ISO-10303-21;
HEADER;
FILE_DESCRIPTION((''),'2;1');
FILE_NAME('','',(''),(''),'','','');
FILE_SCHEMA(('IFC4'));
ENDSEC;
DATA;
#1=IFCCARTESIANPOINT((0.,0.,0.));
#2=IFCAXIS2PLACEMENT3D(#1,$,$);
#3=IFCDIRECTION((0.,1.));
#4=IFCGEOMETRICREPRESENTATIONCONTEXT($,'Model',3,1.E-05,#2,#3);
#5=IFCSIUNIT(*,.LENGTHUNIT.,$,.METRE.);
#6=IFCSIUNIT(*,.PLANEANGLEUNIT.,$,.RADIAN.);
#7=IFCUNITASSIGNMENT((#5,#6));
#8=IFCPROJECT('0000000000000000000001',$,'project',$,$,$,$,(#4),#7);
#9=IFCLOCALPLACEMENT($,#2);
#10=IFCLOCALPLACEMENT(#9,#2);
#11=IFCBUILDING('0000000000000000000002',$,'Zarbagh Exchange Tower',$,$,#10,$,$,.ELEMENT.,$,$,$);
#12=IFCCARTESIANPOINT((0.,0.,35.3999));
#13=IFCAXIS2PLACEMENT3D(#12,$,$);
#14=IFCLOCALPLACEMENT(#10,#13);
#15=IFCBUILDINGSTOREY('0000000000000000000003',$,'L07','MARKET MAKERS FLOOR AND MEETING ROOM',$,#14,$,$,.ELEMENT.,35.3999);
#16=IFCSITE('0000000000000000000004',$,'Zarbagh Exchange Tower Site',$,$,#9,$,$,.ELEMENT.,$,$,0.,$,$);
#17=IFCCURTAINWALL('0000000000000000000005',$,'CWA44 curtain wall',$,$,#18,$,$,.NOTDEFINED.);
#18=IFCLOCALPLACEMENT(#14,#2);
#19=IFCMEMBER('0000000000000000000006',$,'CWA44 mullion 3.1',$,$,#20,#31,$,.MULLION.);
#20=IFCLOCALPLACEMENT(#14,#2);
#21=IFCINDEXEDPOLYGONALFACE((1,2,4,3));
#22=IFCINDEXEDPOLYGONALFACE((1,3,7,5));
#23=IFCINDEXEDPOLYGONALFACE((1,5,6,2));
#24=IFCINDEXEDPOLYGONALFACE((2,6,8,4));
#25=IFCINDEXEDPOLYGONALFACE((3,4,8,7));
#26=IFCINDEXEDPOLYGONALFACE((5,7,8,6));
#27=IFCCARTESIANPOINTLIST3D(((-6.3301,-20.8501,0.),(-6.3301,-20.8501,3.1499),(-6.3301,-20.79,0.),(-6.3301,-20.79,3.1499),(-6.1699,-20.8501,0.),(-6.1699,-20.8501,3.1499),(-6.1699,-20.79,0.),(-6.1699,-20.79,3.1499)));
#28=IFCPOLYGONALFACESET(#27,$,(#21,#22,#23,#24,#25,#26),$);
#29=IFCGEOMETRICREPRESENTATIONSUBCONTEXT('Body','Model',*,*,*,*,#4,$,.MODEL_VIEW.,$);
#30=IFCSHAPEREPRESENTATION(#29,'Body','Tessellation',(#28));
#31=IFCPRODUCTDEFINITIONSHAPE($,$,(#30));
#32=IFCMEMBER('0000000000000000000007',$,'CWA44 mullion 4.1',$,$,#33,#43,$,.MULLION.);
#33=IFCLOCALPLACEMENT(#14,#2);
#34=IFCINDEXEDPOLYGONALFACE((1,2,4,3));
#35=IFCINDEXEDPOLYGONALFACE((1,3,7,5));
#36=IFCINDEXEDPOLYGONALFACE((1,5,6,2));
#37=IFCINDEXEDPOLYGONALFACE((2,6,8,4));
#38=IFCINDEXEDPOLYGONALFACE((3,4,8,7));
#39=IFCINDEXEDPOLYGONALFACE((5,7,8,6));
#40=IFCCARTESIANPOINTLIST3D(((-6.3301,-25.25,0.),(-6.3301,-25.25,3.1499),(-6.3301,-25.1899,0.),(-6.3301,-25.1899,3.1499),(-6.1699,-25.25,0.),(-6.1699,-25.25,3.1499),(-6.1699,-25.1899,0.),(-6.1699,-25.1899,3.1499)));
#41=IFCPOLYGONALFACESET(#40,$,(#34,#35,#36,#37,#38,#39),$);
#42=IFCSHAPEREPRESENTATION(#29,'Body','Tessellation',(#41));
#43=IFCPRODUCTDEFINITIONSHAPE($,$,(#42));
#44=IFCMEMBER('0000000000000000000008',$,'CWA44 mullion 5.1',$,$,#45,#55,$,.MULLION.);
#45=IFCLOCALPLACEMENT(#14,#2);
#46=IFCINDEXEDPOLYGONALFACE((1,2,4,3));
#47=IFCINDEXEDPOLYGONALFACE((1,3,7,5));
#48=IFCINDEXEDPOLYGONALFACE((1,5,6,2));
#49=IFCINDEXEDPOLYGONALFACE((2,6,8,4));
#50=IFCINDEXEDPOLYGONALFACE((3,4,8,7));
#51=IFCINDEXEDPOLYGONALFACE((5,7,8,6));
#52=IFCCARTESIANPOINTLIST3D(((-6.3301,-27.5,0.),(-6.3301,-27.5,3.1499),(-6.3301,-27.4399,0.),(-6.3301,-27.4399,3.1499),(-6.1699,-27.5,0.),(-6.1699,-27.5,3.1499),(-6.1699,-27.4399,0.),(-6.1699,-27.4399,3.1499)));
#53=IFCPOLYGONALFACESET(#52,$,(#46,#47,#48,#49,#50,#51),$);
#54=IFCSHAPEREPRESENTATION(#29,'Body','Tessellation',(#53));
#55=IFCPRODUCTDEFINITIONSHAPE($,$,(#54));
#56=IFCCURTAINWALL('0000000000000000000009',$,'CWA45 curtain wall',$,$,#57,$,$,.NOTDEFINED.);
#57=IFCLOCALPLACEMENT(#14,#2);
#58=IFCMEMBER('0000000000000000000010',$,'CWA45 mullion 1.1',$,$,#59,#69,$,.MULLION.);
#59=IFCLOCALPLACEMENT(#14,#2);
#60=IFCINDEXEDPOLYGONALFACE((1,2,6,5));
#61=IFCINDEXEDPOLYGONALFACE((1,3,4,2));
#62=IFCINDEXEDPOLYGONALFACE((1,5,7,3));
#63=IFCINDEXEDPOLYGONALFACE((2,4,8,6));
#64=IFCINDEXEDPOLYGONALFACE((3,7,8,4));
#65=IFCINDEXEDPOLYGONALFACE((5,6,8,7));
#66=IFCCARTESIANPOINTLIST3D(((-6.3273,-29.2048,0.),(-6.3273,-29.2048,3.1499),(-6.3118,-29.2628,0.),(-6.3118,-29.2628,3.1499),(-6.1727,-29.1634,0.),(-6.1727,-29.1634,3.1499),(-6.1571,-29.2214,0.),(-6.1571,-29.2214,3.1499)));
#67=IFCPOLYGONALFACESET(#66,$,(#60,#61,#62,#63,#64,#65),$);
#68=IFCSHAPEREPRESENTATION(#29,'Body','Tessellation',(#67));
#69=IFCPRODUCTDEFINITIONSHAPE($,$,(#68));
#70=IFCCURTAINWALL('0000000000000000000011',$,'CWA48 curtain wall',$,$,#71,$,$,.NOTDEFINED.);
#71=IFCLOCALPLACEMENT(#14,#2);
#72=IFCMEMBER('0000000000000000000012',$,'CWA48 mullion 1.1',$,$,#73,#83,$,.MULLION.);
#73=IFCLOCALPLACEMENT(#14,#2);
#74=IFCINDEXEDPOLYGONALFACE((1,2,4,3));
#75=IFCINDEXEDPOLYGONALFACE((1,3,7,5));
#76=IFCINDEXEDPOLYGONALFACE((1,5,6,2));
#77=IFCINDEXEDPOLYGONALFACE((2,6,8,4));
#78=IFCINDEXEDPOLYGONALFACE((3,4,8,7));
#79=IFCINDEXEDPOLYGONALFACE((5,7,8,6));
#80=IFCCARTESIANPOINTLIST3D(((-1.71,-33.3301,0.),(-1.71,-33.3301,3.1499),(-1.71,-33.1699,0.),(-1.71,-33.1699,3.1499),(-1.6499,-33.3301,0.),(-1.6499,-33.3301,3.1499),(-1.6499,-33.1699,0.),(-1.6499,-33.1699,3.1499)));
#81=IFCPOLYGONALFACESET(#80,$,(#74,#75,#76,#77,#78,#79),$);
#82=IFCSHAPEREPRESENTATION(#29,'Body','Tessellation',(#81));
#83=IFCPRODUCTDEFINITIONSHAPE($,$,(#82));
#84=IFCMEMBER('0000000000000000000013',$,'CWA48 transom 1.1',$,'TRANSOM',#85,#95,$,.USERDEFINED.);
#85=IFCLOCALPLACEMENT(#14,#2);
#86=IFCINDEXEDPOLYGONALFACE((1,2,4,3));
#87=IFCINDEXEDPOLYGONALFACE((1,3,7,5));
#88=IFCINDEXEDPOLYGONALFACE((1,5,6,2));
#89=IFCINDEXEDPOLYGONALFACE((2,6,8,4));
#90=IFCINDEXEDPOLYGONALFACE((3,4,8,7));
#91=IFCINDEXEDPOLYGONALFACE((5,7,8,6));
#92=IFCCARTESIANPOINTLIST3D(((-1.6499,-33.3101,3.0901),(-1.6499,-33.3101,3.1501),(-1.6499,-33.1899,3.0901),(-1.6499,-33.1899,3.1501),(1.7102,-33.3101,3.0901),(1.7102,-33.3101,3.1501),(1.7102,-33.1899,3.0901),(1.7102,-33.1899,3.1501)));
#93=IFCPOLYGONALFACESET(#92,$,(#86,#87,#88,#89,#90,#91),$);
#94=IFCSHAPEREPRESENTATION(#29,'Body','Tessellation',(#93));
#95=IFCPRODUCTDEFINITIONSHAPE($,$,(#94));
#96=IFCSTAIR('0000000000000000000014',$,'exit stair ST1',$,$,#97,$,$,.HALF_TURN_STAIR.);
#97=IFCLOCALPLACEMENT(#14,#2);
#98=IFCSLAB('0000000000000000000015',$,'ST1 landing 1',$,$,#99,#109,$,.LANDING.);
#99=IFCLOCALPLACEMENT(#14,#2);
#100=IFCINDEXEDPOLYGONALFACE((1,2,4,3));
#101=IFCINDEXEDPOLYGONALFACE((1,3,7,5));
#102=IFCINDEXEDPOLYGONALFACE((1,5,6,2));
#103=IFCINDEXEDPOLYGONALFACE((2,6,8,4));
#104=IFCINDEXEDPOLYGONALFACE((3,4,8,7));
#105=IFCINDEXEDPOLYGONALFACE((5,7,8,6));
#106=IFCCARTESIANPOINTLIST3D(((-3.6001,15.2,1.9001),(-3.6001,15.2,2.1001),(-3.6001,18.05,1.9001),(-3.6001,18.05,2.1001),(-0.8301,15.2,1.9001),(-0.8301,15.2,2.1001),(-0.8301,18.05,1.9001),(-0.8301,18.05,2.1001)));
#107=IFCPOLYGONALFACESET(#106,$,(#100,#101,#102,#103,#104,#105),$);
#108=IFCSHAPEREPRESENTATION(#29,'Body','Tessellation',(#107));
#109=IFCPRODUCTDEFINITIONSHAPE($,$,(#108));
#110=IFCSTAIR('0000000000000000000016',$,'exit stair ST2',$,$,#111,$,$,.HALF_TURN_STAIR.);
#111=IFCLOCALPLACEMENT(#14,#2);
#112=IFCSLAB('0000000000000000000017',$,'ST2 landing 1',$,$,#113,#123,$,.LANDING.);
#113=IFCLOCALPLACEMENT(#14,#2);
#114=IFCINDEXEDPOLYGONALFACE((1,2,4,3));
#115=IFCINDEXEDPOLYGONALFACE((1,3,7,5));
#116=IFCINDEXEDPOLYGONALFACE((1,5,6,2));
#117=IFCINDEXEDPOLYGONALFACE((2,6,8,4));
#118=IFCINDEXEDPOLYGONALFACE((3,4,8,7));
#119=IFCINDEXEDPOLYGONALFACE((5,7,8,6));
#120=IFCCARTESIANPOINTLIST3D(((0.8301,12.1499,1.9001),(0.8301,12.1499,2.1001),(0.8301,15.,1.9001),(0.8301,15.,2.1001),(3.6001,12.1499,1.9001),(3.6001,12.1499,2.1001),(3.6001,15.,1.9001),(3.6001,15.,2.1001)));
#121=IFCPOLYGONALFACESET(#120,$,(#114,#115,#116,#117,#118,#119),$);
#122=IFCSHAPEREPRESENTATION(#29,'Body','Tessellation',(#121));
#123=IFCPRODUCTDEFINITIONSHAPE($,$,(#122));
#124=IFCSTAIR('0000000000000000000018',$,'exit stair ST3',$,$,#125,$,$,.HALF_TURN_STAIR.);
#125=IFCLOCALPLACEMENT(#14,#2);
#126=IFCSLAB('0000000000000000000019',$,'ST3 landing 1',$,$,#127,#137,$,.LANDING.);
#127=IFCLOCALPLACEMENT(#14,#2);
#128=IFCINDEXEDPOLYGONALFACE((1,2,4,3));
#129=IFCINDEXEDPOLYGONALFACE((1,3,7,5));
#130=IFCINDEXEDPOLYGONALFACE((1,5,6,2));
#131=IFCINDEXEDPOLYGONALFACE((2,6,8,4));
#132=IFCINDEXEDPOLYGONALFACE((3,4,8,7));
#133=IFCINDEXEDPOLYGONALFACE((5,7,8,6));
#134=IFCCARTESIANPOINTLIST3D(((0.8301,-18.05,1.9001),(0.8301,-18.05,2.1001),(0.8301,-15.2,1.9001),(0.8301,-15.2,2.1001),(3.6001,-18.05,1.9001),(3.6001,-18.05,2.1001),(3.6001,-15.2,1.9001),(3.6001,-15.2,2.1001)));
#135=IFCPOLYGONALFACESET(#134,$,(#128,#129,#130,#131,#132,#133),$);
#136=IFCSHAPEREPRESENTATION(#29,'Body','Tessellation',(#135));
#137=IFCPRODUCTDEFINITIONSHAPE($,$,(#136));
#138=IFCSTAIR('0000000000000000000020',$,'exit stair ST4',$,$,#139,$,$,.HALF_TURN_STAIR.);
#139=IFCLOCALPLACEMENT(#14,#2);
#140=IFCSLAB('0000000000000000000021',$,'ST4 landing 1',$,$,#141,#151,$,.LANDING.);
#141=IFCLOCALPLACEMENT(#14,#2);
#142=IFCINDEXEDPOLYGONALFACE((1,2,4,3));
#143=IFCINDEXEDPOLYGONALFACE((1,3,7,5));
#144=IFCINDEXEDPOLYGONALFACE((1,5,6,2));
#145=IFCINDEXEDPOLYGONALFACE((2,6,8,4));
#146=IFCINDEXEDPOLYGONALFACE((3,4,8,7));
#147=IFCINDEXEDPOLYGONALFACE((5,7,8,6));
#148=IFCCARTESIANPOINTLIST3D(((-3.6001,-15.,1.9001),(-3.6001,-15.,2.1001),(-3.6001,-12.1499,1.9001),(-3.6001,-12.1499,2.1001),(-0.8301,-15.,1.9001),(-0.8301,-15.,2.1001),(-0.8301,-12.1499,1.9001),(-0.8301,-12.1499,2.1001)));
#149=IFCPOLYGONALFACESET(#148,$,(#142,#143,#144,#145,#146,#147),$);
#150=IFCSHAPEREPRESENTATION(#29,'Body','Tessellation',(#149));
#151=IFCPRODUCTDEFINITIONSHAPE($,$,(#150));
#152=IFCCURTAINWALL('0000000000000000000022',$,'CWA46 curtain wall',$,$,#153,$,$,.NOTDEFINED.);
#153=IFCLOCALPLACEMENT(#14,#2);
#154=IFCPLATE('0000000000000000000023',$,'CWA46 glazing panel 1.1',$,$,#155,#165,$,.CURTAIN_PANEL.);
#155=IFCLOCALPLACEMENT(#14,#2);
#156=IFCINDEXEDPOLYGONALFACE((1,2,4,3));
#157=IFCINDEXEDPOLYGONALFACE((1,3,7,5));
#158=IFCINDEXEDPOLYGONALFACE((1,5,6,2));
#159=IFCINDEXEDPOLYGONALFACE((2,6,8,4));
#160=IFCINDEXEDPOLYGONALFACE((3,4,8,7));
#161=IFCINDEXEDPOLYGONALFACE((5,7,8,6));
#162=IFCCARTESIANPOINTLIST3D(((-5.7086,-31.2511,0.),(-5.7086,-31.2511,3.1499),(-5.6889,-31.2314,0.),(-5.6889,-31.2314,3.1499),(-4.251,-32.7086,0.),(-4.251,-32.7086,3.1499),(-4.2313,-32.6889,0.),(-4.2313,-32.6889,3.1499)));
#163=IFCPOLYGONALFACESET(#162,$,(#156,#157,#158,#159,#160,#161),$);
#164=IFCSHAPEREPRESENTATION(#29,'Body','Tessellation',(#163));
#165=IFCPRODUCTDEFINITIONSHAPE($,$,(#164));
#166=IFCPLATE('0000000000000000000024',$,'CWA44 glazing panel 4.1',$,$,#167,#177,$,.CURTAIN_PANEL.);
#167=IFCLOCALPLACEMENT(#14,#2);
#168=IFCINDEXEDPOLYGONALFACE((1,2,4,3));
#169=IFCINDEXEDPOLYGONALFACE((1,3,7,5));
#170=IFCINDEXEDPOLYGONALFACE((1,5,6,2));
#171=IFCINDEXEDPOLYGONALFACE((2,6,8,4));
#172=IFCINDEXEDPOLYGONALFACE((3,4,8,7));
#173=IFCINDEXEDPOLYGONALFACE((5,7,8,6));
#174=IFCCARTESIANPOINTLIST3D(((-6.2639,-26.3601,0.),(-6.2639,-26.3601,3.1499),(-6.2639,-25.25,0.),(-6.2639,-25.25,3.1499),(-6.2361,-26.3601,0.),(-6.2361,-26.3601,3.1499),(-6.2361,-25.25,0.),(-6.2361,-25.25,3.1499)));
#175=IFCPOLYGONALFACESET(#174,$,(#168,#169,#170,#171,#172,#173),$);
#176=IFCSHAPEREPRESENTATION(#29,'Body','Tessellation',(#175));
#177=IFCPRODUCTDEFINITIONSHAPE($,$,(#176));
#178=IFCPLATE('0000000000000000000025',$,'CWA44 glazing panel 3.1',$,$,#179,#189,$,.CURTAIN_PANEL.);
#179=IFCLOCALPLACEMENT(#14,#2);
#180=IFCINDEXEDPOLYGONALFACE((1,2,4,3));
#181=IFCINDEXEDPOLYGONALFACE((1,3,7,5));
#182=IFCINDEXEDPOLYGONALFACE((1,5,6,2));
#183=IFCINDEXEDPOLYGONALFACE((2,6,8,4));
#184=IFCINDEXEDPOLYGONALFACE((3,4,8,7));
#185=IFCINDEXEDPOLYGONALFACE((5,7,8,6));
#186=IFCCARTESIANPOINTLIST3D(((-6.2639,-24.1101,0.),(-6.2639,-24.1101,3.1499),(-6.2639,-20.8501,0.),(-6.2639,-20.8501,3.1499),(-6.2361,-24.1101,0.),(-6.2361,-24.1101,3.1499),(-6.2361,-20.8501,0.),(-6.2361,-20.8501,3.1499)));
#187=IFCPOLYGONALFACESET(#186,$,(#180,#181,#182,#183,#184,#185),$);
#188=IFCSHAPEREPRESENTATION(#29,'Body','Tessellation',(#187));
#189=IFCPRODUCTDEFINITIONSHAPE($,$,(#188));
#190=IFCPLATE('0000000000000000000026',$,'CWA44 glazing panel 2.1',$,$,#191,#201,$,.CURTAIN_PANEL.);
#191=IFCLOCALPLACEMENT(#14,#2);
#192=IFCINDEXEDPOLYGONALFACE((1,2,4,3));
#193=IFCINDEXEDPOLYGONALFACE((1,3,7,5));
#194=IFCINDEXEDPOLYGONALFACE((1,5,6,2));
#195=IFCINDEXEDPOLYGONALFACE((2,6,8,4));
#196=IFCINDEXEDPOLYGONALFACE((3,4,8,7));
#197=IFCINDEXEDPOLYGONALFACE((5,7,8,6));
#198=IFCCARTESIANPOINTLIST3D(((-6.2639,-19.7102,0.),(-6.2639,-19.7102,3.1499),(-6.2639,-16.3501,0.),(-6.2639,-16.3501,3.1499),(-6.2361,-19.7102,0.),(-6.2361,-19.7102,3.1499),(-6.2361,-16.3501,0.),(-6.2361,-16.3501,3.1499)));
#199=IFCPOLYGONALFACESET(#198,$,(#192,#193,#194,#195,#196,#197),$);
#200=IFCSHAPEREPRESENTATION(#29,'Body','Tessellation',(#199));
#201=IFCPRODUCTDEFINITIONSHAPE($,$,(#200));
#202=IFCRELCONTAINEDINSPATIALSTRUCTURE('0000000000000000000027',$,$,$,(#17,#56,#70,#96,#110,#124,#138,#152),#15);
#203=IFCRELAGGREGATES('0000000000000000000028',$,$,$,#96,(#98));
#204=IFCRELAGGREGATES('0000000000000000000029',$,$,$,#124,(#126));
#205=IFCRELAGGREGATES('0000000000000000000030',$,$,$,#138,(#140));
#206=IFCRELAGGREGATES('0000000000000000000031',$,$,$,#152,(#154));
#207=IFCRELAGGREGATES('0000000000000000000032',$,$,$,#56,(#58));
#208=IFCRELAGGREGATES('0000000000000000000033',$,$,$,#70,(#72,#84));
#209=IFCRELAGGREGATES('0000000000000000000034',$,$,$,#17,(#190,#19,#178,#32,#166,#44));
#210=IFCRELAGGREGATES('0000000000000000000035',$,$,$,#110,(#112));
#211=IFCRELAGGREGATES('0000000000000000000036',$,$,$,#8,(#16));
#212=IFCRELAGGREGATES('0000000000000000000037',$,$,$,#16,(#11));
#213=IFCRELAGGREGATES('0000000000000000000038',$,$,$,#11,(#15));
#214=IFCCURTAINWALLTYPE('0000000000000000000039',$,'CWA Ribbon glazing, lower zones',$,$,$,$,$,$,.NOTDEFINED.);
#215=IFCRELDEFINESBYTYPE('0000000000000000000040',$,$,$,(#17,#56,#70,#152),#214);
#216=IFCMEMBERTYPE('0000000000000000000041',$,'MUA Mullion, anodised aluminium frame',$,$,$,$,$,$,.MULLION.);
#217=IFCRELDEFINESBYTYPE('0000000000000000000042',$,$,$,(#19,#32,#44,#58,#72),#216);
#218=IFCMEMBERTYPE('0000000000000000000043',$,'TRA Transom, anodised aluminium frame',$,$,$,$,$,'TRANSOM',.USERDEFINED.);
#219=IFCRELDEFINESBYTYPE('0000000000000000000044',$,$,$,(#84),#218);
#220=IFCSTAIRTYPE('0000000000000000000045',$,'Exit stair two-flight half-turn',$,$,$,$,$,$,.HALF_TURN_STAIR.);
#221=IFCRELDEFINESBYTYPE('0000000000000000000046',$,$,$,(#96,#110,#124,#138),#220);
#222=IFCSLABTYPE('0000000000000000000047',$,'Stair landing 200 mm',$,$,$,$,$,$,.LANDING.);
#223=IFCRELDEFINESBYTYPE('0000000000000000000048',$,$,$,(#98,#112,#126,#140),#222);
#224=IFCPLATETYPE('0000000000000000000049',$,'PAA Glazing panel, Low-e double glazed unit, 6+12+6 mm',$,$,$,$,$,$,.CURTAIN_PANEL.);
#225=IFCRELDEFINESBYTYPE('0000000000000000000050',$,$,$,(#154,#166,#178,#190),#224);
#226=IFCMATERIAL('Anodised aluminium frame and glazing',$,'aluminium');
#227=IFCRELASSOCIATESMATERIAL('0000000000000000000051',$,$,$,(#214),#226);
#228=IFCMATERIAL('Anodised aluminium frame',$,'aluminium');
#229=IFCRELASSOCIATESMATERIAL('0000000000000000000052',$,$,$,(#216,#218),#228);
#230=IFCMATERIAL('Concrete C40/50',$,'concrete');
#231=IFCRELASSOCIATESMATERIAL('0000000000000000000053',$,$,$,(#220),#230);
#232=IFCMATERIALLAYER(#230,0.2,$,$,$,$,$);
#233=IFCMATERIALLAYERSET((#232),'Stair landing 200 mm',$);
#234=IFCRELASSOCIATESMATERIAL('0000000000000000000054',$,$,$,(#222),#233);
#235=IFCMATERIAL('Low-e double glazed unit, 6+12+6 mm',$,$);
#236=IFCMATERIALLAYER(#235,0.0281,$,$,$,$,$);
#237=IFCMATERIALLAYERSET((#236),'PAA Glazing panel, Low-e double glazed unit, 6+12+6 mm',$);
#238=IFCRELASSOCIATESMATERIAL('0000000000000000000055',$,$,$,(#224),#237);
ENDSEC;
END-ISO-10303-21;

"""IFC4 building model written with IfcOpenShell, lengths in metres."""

from ifc_helpers import new_model, si_unit, direction, frame, origin, place, context, subcontext, project, spatial, polyline, outline, extrude, source, transform, mapped, material, layer, layer_set, type_object, element, aggregate, save


model = new_model("IFC4")

# Units and contexts
model_context = context("Model", 3, precision=1e-05, world=origin(), true_north=direction((0.0, 1.0)))
body_context = subcontext(model_context, "Body", "Model", "MODEL_VIEW")
ifc_project = project(units=[si_unit("LENGTHUNIT", "METRE"), si_unit("PLANEANGLEUNIT", "RADIAN")], contexts=[model_context])

# Site, building, storey
site_placement = place(None, origin())
site = spatial("IfcSite", under=ifc_project, at=site_placement, Name="Zarbagh Exchange Tower Site", CompositionType="ELEMENT", RefElevation=0.0)
building_placement = place(site_placement, origin())
building = spatial("IfcBuilding", under=site, at=building_placement, Name="Zarbagh Exchange Tower", CompositionType="ELEMENT")
storey_placement = place(building_placement, frame((0.0, 0.0, 35.3999)))
storey = spatial("IfcBuildingStorey", under=building, at=storey_placement, Name="L07", Description="MARKET MAKERS FLOOR AND MEETING ROOM", CompositionType="ELEMENT", Elevation=35.3999)

# Curtain wall, members
ifc_material_1 = material(Name="Anodised aluminium frame and glazing", Category="aluminium")
curtain_wall_type = type_object("IfcCurtainWallType", Name="CWA Ribbon glazing, lower zones", PredefinedType="NOTDEFINED", material=ifc_material_1)
curtain_wall_1_placement = place(storey_placement, origin())
curtain_wall_1 = element("IfcCurtainWall", 1, at=curtain_wall_1_placement, inside=storey, type_object=curtain_wall_type, Name="CWA44 curtain wall", PredefinedType="NOTDEFINED")
ifc_material_2 = material(Name="Anodised aluminium frame", Category="aluminium")
member_type_1 = type_object("IfcMemberType", Name="MUA Mullion, anodised aluminium frame", PredefinedType="MULLION", material=ifc_material_2)
shared_shape_1 = source(origin(), body_context, "Body", "SweptSolid", [
    extrude(outline(polyline([(0.0, -0.0801), (0.0601, -0.0801), (0.0601, 0.0801), (0.0, 0.0801), (0.0, -0.0801)])), origin(), (0.0, 0.0, 1.0), 3.1499),
])
placement = place(storey_placement, origin())
member_1 = element("IfcMember", 2, at=placement, type_object=member_type_1, Name="CWA44 mullion 3.1", PredefinedType="MULLION", context=body_context, shape_type="MappedRepresentation", body=[
    mapped(shared_shape_1, transform((-6.25, -20.79, 0.0), x_axis=(0.0, -1.0, 0.0), y_axis=(1.0, 0.0, 0.0), z_axis=(0.0, 0.0, 1.0))),
])
member_2 = element("IfcMember", 3, at=placement, type_object=member_type_1, Name="CWA44 mullion 4.1", PredefinedType="MULLION", context=body_context, shape_type="MappedRepresentation", body=[
    mapped(shared_shape_1, transform((-6.25, -25.1899, 0.0), x_axis=(0.0, -1.0, 0.0), y_axis=(1.0, 0.0, 0.0), z_axis=(0.0, 0.0, 1.0))),
])
member_3 = element("IfcMember", 4, at=placement, type_object=member_type_1, Name="CWA44 mullion 5.1", PredefinedType="MULLION", context=body_context, shape_type="MappedRepresentation", body=[
    mapped(shared_shape_1, transform((-6.25, -27.4399, 0.0), x_axis=(0.0, -1.0, 0.0), y_axis=(1.0, 0.0, 0.0), z_axis=(0.0, 0.0, 1.0))),
])

# Curtain wall, member
curtain_wall_2_placement = place(storey_placement, origin())
curtain_wall_2 = element("IfcCurtainWall", 5, at=curtain_wall_2_placement, inside=storey, type_object=curtain_wall_type, Name="CWA45 curtain wall", PredefinedType="NOTDEFINED")
member_4 = element("IfcMember", 6, at=placement, type_object=member_type_1, Name="CWA45 mullion 1.1", PredefinedType="MULLION", context=body_context, shape_type="MappedRepresentation", body=[
    mapped(shared_shape_1, transform((-6.25, -29.1841, 0.0), x_axis=(0.258825, -0.965924, 0.0), y_axis=(0.965924, 0.258825, 0.0), z_axis=(0.0, 0.0, 1.0))),
])

# Curtain wall, members
curtain_wall_3_placement = place(storey_placement, origin())
curtain_wall_3 = element("IfcCurtainWall", 7, at=curtain_wall_3_placement, inside=storey, type_object=curtain_wall_type, Name="CWA48 curtain wall", PredefinedType="NOTDEFINED")
member_5 = element("IfcMember", 8, at=placement, type_object=member_type_1, Name="CWA48 mullion 1.1", PredefinedType="MULLION", context=body_context, shape_type="MappedRepresentation", body=[
    mapped(shared_shape_1, transform((-1.71, -33.25, 0.0), x_axis=(1.0, 0.0, 0.0), y_axis=(0.0, 1.0, 0.0), z_axis=(0.0, 0.0, 1.0))),
])
member_type_2 = type_object("IfcMemberType", Name="TRA Transom, anodised aluminium frame", ElementType="TRANSOM", PredefinedType="USERDEFINED", material=ifc_material_2)
shared_shape_2 = source(origin(), body_context, "Body", "SweptSolid", [
    extrude(outline(polyline([(-0.0601, -0.0601), (0.0, -0.0601), (0.0, 0.0601), (-0.0601, 0.0601), (-0.0601, -0.0601)])), origin(), (0.0, 0.0, 1.0), 3.3601),
])
member_6 = element("IfcMember", 9, at=placement, type_object=member_type_2, Name="CWA48 transom 1.1", ObjectType="TRANSOM", PredefinedType="USERDEFINED", context=body_context, shape_type="MappedRepresentation", body=[
    mapped(shared_shape_2, transform((-1.6499, -33.25, 3.1501), x_axis=(0.0, 0.0, 1.0), y_axis=(0.0, -1.0, 0.0), z_axis=(1.0, 0.0, 0.0))),
])

# Stairs, slabs
ifc_material_3 = material(Name="Concrete C40/50", Category="concrete")
stair_type = type_object("IfcStairType", Name="Exit stair two-flight half-turn", PredefinedType="HALF_TURN_STAIR", material=ifc_material_3)
stair_1_placement = place(storey_placement, origin())
stair_1 = element("IfcStair", 10, at=stair_1_placement, inside=storey, type_object=stair_type, Name="exit stair ST1", PredefinedType="HALF_TURN_STAIR")
ifc_layer_1 = layer(ifc_material_3, 0.2)
ifc_layer_set_1 = layer_set([ifc_layer_1], Name="Stair landing 200 mm")
slab_type = type_object("IfcSlabType", Name="Stair landing 200 mm", PredefinedType="LANDING", material=ifc_layer_set_1)
slab_1_placement = place(storey_placement, frame((0.0, 0.0, 1.9001)))
slab_1 = element("IfcSlab", 11, at=slab_1_placement, type_object=slab_type, Name="ST1 landing 1", PredefinedType="LANDING", context=body_context, shape_type="SweptSolid", body=[
    extrude(outline(polyline([(-0.8301, 18.05), (-3.6001, 18.05), (-3.6001, 15.2), (-0.8301, 15.2), (-0.8301, 18.05)])), origin(), (0.0, 0.0, 1.0), 0.2),
])
aggregate(stair_1, [slab_1])
stair_2_placement = place(storey_placement, origin())
stair_2 = element("IfcStair", 12, at=stair_2_placement, inside=storey, type_object=stair_type, Name="exit stair ST2", PredefinedType="HALF_TURN_STAIR")
slab_2_placement = place(storey_placement, frame((0.0, 0.0, 1.9001)))
slab_2 = element("IfcSlab", 13, at=slab_2_placement, type_object=slab_type, Name="ST2 landing 1", PredefinedType="LANDING", context=body_context, shape_type="SweptSolid", body=[
    extrude(outline(polyline([(0.8301, 12.1499), (3.6001, 12.1499), (3.6001, 15.0), (0.8301, 15.0), (0.8301, 12.1499)])), origin(), (0.0, 0.0, 1.0), 0.2),
])
stair_3_placement = place(storey_placement, origin())
stair_3 = element("IfcStair", 14, at=stair_3_placement, inside=storey, type_object=stair_type, Name="exit stair ST3", PredefinedType="HALF_TURN_STAIR")
slab_3_placement = place(storey_placement, frame((0.0, 0.0, 1.9001)))
slab_3 = element("IfcSlab", 15, at=slab_3_placement, type_object=slab_type, Name="ST3 landing 1", PredefinedType="LANDING", context=body_context, shape_type="SweptSolid", body=[
    extrude(outline(polyline([(0.8301, -18.05), (3.6001, -18.05), (3.6001, -15.2), (0.8301, -15.2), (0.8301, -18.05)])), origin(), (0.0, 0.0, 1.0), 0.2),
])
aggregate(stair_3, [slab_3])
stair_4_placement = place(storey_placement, origin())
stair_4 = element("IfcStair", 16, at=stair_4_placement, inside=storey, type_object=stair_type, Name="exit stair ST4", PredefinedType="HALF_TURN_STAIR")
slab_4_placement = place(storey_placement, frame((0.0, 0.0, 1.9001)))
slab_4 = element("IfcSlab", 17, at=slab_4_placement, type_object=slab_type, Name="ST4 landing 1", PredefinedType="LANDING", context=body_context, shape_type="SweptSolid", body=[
    extrude(outline(polyline([(-0.8301, -12.1499), (-3.6001, -12.1499), (-3.6001, -15.0), (-0.8301, -15.0), (-0.8301, -12.1499)])), origin(), (0.0, 0.0, 1.0), 0.2),
])
aggregate(stair_4, [slab_4])

# Curtain wall, plate
curtain_wall_4_placement = place(storey_placement, origin())
curtain_wall_4 = element("IfcCurtainWall", 18, at=curtain_wall_4_placement, inside=storey, type_object=curtain_wall_type, Name="CWA46 curtain wall", PredefinedType="NOTDEFINED")
ifc_material_4 = material(Name="Low-e double glazed unit, 6+12+6 mm")
ifc_layer_2 = layer(ifc_material_4, 0.0281)
ifc_layer_set_2 = layer_set([ifc_layer_2], Name="PAA Glazing panel, Low-e double glazed unit, 6+12+6 mm")
plate_type = type_object("IfcPlateType", Name="PAA Glazing panel, Low-e double glazed unit, 6+12+6 mm", PredefinedType="CURTAIN_PANEL", material=ifc_layer_set_2)
shared_shape_3 = source(origin(), body_context, "Body", "SweptSolid", [
    extrude(outline(polyline([(0.0, -0.0139), (2.0613, -0.0139), (2.0613, 0.0139), (0.0, 0.0139), (0.0, -0.0139)])), origin(), (0.0, 0.0, 1.0), 3.1499),
])
plate_1 = element("IfcPlate", 19, at=placement, type_object=plate_type, Name="CWA46 glazing panel 1.1", PredefinedType="CURTAIN_PANEL", context=body_context, shape_type="MappedRepresentation", body=[
    mapped(shared_shape_3, transform((-5.6987, -31.2412, 0.0), x_axis=(0.707107, -0.707107, 0.0), y_axis=(0.707107, 0.707107, 0.0), z_axis=(0.0, 0.0, 1.0))),
])
aggregate(curtain_wall_4, [plate_1])

# Plates
shared_shape_4 = source(origin(), body_context, "Body", "SweptSolid", [
    extrude(outline(polyline([(0.0, -0.0139), (1.1101, -0.0139), (1.1101, 0.0139), (0.0, 0.0139), (0.0, -0.0139)])), origin(), (0.0, 0.0, 1.0), 3.1499),
])
plate_2 = element("IfcPlate", 20, at=placement, type_object=plate_type, Name="CWA44 glazing panel 4.1", PredefinedType="CURTAIN_PANEL", context=body_context, shape_type="MappedRepresentation", body=[
    mapped(shared_shape_4, transform((-6.25, -25.25, 0.0), x_axis=(0.0, -1.0, 0.0), y_axis=(1.0, 0.0, 0.0), z_axis=(0.0, 0.0, 1.0))),
])
shared_shape_5 = source(origin(), body_context, "Body", "SweptSolid", [
    extrude(outline(polyline([(0.0, -0.0139), (3.26, -0.0139), (3.26, 0.0139), (0.0, 0.0139), (0.0, -0.0139)])), origin(), (0.0, 0.0, 1.0), 3.1499),
])
plate_3 = element("IfcPlate", 21, at=placement, type_object=plate_type, Name="CWA44 glazing panel 3.1", PredefinedType="CURTAIN_PANEL", context=body_context, shape_type="MappedRepresentation", body=[
    mapped(shared_shape_5, transform((-6.25, -20.8501, 0.0), x_axis=(0.0, -1.0, 0.0), y_axis=(1.0, 0.0, 0.0), z_axis=(0.0, 0.0, 1.0))),
])
shared_shape_6 = source(origin(), body_context, "Body", "SweptSolid", [
    extrude(outline(polyline([(0.0, -0.0139), (3.3601, -0.0139), (3.3601, 0.0139), (0.0, 0.0139), (0.0, -0.0139)])), origin(), (0.0, 0.0, 1.0), 3.1499),
])
plate_4 = element("IfcPlate", 22, at=placement, type_object=plate_type, Name="CWA44 glazing panel 2.1", PredefinedType="CURTAIN_PANEL", context=body_context, shape_type="MappedRepresentation", body=[
    mapped(shared_shape_6, transform((-6.25, -16.3501, 0.0), x_axis=(0.0, -1.0, 0.0), y_axis=(1.0, 0.0, 0.0), z_axis=(0.0, 0.0, 1.0))),
])
aggregate(curtain_wall_2, [member_4])

aggregate(curtain_wall_3, [member_5, member_6])
aggregate(curtain_wall_1, [plate_4, member_1, plate_3, member_2, plate_2, member_3])

aggregate(stair_2, [slab_2])

save(model, "model.ifc")
